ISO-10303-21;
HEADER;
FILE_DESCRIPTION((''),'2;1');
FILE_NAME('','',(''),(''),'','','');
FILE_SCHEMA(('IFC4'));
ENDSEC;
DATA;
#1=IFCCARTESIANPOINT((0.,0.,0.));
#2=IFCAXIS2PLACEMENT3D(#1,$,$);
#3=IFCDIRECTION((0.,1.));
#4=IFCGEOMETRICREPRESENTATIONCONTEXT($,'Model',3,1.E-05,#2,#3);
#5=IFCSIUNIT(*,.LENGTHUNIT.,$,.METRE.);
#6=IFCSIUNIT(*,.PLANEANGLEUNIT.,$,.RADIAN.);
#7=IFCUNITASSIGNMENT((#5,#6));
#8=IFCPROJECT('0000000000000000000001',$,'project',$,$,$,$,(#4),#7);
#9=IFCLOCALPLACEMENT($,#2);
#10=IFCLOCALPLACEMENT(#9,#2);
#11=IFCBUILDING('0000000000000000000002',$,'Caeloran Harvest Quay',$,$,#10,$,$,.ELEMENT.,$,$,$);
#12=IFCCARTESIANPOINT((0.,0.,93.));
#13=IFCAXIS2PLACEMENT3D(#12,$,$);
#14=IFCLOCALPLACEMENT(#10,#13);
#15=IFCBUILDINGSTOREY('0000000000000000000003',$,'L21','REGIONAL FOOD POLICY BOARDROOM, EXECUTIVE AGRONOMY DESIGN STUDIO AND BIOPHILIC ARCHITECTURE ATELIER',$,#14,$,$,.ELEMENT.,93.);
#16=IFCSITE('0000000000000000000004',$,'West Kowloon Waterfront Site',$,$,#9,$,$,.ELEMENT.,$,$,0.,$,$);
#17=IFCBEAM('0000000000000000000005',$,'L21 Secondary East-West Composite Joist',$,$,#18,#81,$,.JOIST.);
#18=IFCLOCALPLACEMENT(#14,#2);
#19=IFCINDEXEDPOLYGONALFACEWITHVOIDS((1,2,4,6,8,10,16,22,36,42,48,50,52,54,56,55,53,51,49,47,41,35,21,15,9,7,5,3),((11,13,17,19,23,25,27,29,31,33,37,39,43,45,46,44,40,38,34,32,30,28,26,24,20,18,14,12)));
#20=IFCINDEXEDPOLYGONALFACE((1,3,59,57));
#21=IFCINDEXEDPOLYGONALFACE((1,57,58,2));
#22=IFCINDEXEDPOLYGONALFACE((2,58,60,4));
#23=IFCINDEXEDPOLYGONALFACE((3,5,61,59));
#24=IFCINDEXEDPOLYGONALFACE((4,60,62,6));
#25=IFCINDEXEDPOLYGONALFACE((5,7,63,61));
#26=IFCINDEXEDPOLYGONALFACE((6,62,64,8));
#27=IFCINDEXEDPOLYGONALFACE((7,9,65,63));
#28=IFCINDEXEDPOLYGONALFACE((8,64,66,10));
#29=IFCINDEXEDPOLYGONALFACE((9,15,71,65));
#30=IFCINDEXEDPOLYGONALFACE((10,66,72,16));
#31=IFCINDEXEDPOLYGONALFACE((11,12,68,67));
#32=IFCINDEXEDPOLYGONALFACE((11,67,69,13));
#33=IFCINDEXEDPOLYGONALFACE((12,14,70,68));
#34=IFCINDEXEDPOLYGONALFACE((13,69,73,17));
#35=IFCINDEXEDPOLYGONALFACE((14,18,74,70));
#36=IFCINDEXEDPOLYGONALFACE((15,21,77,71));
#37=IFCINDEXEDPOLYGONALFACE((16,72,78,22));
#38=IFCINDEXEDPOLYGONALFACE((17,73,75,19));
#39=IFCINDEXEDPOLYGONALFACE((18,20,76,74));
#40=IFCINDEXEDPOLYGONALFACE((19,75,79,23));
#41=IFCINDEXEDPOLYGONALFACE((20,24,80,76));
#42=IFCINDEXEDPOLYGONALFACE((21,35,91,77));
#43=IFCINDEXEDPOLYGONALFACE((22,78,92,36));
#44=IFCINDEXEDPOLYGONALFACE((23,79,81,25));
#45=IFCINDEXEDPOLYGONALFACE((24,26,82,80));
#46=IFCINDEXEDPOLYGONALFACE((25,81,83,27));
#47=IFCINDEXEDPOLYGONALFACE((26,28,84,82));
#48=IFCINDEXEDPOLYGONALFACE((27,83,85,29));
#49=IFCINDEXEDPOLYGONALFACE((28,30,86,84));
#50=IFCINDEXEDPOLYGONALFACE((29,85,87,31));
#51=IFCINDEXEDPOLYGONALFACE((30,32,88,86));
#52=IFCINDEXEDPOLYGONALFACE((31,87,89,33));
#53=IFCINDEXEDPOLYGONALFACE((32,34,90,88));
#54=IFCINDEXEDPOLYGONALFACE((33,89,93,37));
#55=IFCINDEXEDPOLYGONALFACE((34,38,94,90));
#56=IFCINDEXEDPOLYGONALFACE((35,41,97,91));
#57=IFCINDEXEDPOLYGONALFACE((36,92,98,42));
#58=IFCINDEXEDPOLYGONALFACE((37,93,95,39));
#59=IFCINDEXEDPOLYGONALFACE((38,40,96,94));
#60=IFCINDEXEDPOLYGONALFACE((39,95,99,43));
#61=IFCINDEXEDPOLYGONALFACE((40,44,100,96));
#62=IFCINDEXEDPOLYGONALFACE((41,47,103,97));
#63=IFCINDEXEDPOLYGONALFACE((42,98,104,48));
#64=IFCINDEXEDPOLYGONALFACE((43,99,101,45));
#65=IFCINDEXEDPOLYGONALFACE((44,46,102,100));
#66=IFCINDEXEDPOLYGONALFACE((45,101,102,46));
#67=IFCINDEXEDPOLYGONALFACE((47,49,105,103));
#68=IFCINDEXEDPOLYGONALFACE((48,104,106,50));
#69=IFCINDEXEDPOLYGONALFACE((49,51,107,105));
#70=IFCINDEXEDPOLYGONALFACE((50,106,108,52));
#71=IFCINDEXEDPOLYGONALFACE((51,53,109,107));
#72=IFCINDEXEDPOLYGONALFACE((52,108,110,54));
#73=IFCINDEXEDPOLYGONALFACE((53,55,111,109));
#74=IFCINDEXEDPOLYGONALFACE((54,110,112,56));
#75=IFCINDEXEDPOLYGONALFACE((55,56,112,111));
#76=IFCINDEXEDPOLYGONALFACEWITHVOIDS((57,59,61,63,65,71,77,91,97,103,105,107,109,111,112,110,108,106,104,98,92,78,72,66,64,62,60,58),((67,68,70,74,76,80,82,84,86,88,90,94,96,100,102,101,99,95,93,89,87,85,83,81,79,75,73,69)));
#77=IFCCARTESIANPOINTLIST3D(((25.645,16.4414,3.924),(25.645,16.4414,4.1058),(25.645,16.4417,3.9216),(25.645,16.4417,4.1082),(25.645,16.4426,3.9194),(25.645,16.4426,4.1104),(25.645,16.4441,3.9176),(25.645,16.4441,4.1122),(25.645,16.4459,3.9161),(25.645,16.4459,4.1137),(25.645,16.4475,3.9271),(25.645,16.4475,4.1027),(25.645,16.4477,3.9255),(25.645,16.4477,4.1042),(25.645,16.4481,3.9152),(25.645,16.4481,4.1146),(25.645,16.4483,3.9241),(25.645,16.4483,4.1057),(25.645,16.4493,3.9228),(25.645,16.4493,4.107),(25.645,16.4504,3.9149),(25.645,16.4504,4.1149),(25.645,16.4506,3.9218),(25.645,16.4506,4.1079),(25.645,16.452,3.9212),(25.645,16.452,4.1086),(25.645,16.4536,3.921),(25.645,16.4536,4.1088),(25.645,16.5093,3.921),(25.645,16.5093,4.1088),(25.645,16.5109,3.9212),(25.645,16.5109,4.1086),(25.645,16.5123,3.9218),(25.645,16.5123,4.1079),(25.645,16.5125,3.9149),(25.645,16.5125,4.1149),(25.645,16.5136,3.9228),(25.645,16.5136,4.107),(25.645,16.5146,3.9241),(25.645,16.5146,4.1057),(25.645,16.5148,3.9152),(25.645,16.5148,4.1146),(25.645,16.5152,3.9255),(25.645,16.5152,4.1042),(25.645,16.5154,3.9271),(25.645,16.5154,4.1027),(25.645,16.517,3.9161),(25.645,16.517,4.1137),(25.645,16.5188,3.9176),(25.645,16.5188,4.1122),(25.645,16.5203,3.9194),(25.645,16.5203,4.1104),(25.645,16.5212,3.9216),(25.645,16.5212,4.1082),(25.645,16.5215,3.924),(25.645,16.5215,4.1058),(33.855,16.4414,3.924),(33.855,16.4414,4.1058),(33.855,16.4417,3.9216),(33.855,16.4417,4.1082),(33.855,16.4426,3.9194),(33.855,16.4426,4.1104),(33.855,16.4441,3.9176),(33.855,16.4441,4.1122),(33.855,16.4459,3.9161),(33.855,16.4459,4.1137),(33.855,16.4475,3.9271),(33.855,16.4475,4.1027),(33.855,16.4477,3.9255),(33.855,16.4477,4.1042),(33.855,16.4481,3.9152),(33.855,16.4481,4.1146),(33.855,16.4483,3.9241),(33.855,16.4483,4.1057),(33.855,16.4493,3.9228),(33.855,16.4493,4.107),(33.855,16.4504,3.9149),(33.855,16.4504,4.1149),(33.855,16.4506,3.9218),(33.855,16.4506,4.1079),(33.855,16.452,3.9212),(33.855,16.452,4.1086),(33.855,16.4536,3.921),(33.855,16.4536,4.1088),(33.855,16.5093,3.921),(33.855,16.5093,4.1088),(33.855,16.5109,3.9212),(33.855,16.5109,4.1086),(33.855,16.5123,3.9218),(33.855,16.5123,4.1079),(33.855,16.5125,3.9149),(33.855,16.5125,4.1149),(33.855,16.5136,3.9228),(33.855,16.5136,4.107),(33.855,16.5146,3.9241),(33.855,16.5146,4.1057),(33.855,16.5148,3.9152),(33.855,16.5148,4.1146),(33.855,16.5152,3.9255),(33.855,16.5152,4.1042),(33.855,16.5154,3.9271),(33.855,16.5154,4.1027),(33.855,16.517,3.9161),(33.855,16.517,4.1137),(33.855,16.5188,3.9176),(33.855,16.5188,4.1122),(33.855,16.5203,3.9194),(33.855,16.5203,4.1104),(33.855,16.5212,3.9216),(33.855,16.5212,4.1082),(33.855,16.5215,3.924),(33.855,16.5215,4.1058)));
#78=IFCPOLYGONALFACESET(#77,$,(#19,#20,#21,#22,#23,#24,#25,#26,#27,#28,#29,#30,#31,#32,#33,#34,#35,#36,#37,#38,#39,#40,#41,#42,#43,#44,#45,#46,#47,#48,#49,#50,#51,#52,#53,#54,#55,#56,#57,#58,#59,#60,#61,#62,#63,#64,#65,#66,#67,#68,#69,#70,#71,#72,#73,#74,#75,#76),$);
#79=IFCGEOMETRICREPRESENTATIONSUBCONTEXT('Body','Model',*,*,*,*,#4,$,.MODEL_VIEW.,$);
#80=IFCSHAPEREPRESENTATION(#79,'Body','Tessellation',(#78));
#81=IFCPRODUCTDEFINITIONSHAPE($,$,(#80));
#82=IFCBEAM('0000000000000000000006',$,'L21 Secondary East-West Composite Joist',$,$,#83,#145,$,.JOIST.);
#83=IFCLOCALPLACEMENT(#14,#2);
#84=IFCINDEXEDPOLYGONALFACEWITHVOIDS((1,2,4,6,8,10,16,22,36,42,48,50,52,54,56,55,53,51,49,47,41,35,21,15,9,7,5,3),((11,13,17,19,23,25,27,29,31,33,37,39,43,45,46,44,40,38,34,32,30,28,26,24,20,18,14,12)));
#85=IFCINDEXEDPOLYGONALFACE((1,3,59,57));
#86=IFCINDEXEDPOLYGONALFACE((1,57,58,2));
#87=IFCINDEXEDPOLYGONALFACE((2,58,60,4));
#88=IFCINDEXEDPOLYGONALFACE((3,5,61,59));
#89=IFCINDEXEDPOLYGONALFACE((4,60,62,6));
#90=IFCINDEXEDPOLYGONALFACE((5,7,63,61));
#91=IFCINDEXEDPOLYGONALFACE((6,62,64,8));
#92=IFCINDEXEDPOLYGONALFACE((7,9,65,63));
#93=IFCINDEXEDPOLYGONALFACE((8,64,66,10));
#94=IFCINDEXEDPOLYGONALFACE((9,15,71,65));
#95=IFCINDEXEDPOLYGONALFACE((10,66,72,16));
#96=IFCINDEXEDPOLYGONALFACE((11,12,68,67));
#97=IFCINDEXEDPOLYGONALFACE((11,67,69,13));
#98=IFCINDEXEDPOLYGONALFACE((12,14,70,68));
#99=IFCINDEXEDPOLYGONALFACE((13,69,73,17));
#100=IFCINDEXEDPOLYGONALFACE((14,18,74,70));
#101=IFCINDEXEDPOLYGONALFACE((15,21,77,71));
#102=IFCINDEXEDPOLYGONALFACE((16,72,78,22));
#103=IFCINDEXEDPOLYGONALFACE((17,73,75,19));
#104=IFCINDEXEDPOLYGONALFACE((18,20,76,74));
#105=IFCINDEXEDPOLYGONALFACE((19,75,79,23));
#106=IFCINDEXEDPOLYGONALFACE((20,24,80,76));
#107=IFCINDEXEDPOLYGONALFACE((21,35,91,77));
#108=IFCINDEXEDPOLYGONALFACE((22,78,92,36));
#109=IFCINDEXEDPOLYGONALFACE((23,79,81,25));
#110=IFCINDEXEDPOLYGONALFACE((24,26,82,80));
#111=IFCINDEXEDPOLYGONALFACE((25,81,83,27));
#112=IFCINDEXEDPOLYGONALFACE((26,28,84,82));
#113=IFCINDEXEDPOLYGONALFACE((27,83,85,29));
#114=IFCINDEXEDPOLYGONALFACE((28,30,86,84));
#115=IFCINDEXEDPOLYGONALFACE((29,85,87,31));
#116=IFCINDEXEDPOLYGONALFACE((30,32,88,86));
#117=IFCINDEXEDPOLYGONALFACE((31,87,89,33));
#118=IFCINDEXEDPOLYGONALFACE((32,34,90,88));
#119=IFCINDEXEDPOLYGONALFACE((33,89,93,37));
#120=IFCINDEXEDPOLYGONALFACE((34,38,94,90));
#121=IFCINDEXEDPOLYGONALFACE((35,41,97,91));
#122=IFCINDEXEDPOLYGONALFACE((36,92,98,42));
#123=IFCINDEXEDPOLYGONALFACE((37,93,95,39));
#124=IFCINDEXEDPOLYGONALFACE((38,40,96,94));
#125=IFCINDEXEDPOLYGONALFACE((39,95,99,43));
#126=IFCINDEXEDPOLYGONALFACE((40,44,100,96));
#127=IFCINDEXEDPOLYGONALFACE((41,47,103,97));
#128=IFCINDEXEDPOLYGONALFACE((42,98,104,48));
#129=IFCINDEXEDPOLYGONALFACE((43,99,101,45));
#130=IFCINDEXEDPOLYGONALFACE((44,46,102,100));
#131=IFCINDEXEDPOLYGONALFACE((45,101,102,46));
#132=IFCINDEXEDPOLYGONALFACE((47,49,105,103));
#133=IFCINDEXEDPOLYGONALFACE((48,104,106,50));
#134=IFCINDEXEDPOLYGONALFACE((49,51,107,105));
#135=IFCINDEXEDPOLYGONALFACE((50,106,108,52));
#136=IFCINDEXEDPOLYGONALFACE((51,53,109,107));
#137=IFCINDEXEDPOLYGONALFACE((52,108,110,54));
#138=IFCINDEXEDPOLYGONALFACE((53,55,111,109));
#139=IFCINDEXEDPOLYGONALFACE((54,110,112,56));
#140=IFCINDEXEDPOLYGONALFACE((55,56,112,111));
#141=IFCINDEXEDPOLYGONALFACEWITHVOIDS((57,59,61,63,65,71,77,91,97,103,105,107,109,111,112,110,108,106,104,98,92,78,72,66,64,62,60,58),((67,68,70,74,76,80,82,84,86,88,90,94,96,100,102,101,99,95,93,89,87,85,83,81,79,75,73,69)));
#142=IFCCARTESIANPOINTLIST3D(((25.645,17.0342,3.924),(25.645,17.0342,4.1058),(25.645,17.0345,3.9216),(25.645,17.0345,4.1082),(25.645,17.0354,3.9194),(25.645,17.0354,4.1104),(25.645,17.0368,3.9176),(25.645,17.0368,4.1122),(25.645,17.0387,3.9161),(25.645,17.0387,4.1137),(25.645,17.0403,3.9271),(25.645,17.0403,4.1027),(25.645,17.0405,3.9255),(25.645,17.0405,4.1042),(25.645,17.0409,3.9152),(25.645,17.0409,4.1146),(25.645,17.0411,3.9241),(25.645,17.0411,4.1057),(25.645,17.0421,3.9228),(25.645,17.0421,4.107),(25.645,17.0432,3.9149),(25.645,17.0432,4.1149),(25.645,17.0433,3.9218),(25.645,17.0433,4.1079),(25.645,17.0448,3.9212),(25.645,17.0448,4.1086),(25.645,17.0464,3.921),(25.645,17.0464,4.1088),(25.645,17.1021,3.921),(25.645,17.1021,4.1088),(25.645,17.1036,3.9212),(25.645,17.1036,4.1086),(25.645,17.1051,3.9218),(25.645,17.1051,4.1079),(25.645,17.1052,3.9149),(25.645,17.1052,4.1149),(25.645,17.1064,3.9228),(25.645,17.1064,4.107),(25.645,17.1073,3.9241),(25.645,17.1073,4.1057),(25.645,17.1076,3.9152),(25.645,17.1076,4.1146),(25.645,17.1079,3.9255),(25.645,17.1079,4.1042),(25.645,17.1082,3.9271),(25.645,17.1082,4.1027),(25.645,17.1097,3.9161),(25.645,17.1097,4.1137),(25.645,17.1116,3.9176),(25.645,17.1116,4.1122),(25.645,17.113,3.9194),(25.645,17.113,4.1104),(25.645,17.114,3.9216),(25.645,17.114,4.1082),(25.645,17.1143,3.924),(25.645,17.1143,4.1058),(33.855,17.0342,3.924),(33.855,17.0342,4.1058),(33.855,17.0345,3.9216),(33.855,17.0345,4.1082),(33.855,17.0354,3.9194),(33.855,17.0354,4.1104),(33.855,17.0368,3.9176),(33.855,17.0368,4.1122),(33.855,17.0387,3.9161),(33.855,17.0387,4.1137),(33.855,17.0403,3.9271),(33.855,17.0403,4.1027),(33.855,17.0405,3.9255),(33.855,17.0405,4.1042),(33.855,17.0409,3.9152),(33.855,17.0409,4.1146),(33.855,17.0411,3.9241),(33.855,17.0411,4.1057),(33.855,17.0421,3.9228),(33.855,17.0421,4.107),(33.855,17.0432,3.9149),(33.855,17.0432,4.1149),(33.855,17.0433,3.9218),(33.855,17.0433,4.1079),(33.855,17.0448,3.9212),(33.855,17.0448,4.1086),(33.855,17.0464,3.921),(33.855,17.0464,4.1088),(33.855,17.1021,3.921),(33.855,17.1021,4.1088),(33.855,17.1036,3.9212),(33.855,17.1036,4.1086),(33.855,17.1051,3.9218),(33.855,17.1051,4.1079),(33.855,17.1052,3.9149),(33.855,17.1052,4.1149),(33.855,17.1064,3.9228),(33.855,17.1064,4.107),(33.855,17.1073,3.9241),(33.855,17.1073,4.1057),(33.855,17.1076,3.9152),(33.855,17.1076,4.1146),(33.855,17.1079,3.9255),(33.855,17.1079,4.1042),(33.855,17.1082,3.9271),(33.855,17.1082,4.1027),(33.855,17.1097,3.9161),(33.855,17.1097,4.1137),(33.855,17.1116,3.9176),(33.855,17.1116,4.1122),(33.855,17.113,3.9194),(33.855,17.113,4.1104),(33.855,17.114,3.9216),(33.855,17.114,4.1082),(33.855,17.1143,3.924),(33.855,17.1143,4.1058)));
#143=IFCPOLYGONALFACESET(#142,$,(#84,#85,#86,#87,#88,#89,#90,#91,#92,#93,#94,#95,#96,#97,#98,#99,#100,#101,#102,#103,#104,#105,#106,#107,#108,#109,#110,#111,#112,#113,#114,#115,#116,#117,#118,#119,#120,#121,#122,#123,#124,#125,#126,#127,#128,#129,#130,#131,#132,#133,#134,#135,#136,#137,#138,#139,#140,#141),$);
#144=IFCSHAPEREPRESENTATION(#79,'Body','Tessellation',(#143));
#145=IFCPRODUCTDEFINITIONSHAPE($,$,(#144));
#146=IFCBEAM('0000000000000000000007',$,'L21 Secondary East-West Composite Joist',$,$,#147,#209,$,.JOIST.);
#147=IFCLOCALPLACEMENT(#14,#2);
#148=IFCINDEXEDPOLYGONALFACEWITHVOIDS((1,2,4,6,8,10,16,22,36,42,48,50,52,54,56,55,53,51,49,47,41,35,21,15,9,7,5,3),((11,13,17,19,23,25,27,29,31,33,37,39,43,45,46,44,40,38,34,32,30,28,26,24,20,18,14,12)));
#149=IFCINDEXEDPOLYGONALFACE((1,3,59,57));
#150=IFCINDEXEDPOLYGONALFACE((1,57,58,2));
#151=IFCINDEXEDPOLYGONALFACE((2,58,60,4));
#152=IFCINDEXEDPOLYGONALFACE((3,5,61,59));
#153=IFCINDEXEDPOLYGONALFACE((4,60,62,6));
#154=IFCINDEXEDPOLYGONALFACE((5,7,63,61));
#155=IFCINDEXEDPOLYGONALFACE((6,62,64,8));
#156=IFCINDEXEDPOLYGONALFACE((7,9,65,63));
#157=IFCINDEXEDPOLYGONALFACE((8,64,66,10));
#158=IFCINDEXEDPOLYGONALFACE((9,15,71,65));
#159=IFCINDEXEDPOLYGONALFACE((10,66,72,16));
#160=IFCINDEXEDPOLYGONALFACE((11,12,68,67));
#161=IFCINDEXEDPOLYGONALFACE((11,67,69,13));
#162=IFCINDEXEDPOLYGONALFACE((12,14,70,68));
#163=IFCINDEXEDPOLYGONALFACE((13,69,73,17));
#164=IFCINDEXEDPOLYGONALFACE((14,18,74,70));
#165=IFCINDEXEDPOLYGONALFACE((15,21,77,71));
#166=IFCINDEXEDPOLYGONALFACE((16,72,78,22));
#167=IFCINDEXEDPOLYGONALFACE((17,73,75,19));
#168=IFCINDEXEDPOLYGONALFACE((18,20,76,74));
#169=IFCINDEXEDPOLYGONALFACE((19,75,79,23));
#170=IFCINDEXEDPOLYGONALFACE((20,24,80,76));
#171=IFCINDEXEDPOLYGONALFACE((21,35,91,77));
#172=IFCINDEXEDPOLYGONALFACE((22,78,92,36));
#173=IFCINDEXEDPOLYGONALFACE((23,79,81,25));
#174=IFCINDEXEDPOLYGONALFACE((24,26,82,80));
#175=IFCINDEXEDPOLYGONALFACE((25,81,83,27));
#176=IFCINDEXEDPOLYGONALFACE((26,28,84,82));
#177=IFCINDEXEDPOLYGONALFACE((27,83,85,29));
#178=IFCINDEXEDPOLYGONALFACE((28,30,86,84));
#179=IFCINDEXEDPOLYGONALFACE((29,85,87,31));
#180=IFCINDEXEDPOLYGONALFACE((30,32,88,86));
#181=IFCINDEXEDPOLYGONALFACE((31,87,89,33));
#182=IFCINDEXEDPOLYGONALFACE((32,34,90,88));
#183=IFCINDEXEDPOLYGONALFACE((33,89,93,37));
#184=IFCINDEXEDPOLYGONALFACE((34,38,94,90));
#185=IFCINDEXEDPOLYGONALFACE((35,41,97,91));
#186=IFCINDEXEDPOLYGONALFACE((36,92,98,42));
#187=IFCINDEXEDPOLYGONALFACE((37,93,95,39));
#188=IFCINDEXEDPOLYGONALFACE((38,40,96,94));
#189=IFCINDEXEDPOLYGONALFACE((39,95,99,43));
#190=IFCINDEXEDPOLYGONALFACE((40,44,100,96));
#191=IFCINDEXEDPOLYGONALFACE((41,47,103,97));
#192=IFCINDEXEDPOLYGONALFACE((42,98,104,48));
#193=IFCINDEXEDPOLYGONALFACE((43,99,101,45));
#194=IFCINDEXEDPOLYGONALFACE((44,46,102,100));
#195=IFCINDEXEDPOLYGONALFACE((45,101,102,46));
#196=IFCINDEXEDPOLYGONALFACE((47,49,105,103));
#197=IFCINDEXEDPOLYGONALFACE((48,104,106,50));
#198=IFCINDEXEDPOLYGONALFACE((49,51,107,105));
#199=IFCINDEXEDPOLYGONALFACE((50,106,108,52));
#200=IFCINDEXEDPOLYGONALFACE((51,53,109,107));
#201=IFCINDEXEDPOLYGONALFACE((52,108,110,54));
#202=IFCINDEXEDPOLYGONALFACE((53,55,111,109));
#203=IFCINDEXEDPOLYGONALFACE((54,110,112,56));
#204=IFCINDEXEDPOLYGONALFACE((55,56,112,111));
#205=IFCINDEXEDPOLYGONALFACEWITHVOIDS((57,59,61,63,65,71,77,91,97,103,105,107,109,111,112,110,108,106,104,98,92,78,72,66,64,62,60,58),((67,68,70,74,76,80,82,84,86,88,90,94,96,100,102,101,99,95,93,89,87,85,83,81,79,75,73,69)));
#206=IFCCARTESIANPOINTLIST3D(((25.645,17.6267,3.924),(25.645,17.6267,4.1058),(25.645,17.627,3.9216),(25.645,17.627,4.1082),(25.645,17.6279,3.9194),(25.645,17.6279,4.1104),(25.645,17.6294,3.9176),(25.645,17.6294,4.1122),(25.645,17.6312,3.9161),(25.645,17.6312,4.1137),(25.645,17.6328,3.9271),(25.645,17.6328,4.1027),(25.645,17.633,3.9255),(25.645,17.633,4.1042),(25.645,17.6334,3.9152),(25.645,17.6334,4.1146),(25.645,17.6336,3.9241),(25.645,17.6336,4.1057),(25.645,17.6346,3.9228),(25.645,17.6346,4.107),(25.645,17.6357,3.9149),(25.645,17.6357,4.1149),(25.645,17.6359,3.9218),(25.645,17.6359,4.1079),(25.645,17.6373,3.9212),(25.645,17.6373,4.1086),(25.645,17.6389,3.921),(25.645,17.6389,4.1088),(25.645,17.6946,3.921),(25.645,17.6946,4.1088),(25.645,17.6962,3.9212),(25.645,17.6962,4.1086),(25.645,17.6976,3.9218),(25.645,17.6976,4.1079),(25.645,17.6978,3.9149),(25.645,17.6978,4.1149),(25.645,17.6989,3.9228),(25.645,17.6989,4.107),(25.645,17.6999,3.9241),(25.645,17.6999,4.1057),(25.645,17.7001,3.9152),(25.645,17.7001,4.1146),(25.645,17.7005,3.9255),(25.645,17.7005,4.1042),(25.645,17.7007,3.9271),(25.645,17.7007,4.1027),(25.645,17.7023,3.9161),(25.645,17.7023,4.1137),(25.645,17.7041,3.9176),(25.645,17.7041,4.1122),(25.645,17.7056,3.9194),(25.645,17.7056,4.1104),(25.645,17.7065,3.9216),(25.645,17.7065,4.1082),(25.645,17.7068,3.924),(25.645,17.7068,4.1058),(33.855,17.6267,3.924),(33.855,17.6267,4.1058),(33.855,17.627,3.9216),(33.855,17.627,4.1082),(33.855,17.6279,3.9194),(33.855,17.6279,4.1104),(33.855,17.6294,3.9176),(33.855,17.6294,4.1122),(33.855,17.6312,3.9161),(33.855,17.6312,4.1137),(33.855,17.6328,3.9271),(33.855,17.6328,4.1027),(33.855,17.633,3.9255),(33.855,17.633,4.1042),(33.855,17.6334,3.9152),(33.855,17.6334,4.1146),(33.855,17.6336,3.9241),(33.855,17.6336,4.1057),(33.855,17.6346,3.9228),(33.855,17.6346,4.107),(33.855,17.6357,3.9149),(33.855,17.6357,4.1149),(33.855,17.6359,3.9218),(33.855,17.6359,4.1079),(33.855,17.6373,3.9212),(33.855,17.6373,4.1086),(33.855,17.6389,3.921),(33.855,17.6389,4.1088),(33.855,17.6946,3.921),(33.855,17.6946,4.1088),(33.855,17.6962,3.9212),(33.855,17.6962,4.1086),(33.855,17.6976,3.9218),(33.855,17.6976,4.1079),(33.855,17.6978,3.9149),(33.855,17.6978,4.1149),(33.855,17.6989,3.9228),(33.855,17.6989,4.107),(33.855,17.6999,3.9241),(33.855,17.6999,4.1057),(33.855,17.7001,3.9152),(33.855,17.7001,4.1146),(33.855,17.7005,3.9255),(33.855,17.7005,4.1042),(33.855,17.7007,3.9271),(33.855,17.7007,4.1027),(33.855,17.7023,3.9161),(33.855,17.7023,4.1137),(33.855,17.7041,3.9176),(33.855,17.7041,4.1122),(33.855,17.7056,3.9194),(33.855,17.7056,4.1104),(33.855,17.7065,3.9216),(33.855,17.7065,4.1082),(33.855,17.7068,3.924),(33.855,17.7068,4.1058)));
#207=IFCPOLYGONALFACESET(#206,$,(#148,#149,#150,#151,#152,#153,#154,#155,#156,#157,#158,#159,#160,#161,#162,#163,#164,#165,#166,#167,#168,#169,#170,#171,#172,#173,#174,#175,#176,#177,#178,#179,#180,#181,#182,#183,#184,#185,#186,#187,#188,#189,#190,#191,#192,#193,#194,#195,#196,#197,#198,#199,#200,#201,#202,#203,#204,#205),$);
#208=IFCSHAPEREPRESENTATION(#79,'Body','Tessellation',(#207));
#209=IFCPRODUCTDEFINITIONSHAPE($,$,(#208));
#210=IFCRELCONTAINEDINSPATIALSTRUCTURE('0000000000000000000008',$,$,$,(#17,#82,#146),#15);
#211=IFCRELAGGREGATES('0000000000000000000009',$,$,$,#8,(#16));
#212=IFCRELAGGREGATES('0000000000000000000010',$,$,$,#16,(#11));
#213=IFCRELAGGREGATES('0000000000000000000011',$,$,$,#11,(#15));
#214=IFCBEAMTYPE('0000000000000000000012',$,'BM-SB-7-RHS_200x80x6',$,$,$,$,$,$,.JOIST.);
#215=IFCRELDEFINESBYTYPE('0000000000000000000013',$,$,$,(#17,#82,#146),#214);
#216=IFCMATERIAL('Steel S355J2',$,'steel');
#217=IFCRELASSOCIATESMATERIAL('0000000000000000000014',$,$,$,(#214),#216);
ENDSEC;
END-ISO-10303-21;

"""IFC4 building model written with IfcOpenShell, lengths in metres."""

from ifc_helpers import new_model, si_unit, direction, frame, origin, origin_2d, place, context, subcontext, project, spatial, hollow_rectangle, extrude, material, material_profile, profile_set, type_object, element, save


model = new_model("IFC4")

# Units and contexts
model_context = context("Model", 3, precision=1e-05, world=origin(), true_north=direction((0.0, 1.0)))
body_context = subcontext(model_context, "Body", "Model", "MODEL_VIEW")
ifc_project = project(units=[si_unit("LENGTHUNIT", "METRE"), si_unit("PLANEANGLEUNIT", "RADIAN")], contexts=[model_context])

# Site, building, storey
site_placement = place(None, origin())
site = spatial("IfcSite", under=ifc_project, at=site_placement, Name="West Kowloon Waterfront Site", CompositionType="ELEMENT", RefElevation=0.0)
building_placement = place(site_placement, origin())
building = spatial("IfcBuilding", under=site, at=building_placement, Name="Caeloran Harvest Quay", CompositionType="ELEMENT")
storey_placement = place(building_placement, frame((0.0, 0.0, 93.0)))
storey = spatial("IfcBuildingStorey", under=building, at=storey_placement, Name="L21", Description="REGIONAL FOOD POLICY BOARDROOM, EXECUTIVE AGRONOMY DESIGN STUDIO AND BIOPHILIC ARCHITECTURE ATELIER", CompositionType="ELEMENT", Elevation=93.0)

# Beams
ifc_material_1 = material(Name="Steel S355J2", Category="steel")
ifc_material_profile_1 = material_profile(ifc_material_1, hollow_rectangle(XDim=0.0801, YDim=0.2, WallThickness=0.0061, InnerFilletRadius=0.0061, OuterFilletRadius=0.009, at=origin_2d()), Name="RHS 200x80x6")
ifc_profile_set_1 = profile_set([ifc_material_profile_1], Name="Steel S355J2")
beam_type_1 = type_object("IfcBeamType", Name="BM-SB-7-RHS_200x80x6", PredefinedType="JOIST", material=ifc_profile_set_1)
for number, where, z_axis, x_axis, name in (
    (1, (25.645, 16.4814, 4.0149), (1.0, 0.0, 0.0), (0.0, 1.0, 0.0), "L21 Secondary East-West Composite Joist"),
    (2, (25.645, 17.0742, 4.0149), (1.0, 0.0, 0.0), (0.0, 1.0, 0.0), "L21 Secondary East-West Composite Joist"),
    (3, (25.645, 17.6667, 4.0149), (1.0, 0.0, 0.0), (0.0, 1.0, 0.0), "L21 Secondary East-West Composite Joist"),
):
    element("IfcBeam", number, at=place(storey_placement, frame(where, z_axis=z_axis, x_axis=x_axis)), inside=storey, type_object=beam_type_1, Name=name, PredefinedType="JOIST", context=body_context, shape_type="SweptSolid", body=[
        extrude(hollow_rectangle(XDim=0.0801, YDim=0.2, WallThickness=0.0061, InnerFilletRadius=0.0061, OuterFilletRadius=0.009, at=origin_2d()), origin(), (0.0, 0.0, 1.0), 8.21),
    ])

save(model, "model.ifc")
